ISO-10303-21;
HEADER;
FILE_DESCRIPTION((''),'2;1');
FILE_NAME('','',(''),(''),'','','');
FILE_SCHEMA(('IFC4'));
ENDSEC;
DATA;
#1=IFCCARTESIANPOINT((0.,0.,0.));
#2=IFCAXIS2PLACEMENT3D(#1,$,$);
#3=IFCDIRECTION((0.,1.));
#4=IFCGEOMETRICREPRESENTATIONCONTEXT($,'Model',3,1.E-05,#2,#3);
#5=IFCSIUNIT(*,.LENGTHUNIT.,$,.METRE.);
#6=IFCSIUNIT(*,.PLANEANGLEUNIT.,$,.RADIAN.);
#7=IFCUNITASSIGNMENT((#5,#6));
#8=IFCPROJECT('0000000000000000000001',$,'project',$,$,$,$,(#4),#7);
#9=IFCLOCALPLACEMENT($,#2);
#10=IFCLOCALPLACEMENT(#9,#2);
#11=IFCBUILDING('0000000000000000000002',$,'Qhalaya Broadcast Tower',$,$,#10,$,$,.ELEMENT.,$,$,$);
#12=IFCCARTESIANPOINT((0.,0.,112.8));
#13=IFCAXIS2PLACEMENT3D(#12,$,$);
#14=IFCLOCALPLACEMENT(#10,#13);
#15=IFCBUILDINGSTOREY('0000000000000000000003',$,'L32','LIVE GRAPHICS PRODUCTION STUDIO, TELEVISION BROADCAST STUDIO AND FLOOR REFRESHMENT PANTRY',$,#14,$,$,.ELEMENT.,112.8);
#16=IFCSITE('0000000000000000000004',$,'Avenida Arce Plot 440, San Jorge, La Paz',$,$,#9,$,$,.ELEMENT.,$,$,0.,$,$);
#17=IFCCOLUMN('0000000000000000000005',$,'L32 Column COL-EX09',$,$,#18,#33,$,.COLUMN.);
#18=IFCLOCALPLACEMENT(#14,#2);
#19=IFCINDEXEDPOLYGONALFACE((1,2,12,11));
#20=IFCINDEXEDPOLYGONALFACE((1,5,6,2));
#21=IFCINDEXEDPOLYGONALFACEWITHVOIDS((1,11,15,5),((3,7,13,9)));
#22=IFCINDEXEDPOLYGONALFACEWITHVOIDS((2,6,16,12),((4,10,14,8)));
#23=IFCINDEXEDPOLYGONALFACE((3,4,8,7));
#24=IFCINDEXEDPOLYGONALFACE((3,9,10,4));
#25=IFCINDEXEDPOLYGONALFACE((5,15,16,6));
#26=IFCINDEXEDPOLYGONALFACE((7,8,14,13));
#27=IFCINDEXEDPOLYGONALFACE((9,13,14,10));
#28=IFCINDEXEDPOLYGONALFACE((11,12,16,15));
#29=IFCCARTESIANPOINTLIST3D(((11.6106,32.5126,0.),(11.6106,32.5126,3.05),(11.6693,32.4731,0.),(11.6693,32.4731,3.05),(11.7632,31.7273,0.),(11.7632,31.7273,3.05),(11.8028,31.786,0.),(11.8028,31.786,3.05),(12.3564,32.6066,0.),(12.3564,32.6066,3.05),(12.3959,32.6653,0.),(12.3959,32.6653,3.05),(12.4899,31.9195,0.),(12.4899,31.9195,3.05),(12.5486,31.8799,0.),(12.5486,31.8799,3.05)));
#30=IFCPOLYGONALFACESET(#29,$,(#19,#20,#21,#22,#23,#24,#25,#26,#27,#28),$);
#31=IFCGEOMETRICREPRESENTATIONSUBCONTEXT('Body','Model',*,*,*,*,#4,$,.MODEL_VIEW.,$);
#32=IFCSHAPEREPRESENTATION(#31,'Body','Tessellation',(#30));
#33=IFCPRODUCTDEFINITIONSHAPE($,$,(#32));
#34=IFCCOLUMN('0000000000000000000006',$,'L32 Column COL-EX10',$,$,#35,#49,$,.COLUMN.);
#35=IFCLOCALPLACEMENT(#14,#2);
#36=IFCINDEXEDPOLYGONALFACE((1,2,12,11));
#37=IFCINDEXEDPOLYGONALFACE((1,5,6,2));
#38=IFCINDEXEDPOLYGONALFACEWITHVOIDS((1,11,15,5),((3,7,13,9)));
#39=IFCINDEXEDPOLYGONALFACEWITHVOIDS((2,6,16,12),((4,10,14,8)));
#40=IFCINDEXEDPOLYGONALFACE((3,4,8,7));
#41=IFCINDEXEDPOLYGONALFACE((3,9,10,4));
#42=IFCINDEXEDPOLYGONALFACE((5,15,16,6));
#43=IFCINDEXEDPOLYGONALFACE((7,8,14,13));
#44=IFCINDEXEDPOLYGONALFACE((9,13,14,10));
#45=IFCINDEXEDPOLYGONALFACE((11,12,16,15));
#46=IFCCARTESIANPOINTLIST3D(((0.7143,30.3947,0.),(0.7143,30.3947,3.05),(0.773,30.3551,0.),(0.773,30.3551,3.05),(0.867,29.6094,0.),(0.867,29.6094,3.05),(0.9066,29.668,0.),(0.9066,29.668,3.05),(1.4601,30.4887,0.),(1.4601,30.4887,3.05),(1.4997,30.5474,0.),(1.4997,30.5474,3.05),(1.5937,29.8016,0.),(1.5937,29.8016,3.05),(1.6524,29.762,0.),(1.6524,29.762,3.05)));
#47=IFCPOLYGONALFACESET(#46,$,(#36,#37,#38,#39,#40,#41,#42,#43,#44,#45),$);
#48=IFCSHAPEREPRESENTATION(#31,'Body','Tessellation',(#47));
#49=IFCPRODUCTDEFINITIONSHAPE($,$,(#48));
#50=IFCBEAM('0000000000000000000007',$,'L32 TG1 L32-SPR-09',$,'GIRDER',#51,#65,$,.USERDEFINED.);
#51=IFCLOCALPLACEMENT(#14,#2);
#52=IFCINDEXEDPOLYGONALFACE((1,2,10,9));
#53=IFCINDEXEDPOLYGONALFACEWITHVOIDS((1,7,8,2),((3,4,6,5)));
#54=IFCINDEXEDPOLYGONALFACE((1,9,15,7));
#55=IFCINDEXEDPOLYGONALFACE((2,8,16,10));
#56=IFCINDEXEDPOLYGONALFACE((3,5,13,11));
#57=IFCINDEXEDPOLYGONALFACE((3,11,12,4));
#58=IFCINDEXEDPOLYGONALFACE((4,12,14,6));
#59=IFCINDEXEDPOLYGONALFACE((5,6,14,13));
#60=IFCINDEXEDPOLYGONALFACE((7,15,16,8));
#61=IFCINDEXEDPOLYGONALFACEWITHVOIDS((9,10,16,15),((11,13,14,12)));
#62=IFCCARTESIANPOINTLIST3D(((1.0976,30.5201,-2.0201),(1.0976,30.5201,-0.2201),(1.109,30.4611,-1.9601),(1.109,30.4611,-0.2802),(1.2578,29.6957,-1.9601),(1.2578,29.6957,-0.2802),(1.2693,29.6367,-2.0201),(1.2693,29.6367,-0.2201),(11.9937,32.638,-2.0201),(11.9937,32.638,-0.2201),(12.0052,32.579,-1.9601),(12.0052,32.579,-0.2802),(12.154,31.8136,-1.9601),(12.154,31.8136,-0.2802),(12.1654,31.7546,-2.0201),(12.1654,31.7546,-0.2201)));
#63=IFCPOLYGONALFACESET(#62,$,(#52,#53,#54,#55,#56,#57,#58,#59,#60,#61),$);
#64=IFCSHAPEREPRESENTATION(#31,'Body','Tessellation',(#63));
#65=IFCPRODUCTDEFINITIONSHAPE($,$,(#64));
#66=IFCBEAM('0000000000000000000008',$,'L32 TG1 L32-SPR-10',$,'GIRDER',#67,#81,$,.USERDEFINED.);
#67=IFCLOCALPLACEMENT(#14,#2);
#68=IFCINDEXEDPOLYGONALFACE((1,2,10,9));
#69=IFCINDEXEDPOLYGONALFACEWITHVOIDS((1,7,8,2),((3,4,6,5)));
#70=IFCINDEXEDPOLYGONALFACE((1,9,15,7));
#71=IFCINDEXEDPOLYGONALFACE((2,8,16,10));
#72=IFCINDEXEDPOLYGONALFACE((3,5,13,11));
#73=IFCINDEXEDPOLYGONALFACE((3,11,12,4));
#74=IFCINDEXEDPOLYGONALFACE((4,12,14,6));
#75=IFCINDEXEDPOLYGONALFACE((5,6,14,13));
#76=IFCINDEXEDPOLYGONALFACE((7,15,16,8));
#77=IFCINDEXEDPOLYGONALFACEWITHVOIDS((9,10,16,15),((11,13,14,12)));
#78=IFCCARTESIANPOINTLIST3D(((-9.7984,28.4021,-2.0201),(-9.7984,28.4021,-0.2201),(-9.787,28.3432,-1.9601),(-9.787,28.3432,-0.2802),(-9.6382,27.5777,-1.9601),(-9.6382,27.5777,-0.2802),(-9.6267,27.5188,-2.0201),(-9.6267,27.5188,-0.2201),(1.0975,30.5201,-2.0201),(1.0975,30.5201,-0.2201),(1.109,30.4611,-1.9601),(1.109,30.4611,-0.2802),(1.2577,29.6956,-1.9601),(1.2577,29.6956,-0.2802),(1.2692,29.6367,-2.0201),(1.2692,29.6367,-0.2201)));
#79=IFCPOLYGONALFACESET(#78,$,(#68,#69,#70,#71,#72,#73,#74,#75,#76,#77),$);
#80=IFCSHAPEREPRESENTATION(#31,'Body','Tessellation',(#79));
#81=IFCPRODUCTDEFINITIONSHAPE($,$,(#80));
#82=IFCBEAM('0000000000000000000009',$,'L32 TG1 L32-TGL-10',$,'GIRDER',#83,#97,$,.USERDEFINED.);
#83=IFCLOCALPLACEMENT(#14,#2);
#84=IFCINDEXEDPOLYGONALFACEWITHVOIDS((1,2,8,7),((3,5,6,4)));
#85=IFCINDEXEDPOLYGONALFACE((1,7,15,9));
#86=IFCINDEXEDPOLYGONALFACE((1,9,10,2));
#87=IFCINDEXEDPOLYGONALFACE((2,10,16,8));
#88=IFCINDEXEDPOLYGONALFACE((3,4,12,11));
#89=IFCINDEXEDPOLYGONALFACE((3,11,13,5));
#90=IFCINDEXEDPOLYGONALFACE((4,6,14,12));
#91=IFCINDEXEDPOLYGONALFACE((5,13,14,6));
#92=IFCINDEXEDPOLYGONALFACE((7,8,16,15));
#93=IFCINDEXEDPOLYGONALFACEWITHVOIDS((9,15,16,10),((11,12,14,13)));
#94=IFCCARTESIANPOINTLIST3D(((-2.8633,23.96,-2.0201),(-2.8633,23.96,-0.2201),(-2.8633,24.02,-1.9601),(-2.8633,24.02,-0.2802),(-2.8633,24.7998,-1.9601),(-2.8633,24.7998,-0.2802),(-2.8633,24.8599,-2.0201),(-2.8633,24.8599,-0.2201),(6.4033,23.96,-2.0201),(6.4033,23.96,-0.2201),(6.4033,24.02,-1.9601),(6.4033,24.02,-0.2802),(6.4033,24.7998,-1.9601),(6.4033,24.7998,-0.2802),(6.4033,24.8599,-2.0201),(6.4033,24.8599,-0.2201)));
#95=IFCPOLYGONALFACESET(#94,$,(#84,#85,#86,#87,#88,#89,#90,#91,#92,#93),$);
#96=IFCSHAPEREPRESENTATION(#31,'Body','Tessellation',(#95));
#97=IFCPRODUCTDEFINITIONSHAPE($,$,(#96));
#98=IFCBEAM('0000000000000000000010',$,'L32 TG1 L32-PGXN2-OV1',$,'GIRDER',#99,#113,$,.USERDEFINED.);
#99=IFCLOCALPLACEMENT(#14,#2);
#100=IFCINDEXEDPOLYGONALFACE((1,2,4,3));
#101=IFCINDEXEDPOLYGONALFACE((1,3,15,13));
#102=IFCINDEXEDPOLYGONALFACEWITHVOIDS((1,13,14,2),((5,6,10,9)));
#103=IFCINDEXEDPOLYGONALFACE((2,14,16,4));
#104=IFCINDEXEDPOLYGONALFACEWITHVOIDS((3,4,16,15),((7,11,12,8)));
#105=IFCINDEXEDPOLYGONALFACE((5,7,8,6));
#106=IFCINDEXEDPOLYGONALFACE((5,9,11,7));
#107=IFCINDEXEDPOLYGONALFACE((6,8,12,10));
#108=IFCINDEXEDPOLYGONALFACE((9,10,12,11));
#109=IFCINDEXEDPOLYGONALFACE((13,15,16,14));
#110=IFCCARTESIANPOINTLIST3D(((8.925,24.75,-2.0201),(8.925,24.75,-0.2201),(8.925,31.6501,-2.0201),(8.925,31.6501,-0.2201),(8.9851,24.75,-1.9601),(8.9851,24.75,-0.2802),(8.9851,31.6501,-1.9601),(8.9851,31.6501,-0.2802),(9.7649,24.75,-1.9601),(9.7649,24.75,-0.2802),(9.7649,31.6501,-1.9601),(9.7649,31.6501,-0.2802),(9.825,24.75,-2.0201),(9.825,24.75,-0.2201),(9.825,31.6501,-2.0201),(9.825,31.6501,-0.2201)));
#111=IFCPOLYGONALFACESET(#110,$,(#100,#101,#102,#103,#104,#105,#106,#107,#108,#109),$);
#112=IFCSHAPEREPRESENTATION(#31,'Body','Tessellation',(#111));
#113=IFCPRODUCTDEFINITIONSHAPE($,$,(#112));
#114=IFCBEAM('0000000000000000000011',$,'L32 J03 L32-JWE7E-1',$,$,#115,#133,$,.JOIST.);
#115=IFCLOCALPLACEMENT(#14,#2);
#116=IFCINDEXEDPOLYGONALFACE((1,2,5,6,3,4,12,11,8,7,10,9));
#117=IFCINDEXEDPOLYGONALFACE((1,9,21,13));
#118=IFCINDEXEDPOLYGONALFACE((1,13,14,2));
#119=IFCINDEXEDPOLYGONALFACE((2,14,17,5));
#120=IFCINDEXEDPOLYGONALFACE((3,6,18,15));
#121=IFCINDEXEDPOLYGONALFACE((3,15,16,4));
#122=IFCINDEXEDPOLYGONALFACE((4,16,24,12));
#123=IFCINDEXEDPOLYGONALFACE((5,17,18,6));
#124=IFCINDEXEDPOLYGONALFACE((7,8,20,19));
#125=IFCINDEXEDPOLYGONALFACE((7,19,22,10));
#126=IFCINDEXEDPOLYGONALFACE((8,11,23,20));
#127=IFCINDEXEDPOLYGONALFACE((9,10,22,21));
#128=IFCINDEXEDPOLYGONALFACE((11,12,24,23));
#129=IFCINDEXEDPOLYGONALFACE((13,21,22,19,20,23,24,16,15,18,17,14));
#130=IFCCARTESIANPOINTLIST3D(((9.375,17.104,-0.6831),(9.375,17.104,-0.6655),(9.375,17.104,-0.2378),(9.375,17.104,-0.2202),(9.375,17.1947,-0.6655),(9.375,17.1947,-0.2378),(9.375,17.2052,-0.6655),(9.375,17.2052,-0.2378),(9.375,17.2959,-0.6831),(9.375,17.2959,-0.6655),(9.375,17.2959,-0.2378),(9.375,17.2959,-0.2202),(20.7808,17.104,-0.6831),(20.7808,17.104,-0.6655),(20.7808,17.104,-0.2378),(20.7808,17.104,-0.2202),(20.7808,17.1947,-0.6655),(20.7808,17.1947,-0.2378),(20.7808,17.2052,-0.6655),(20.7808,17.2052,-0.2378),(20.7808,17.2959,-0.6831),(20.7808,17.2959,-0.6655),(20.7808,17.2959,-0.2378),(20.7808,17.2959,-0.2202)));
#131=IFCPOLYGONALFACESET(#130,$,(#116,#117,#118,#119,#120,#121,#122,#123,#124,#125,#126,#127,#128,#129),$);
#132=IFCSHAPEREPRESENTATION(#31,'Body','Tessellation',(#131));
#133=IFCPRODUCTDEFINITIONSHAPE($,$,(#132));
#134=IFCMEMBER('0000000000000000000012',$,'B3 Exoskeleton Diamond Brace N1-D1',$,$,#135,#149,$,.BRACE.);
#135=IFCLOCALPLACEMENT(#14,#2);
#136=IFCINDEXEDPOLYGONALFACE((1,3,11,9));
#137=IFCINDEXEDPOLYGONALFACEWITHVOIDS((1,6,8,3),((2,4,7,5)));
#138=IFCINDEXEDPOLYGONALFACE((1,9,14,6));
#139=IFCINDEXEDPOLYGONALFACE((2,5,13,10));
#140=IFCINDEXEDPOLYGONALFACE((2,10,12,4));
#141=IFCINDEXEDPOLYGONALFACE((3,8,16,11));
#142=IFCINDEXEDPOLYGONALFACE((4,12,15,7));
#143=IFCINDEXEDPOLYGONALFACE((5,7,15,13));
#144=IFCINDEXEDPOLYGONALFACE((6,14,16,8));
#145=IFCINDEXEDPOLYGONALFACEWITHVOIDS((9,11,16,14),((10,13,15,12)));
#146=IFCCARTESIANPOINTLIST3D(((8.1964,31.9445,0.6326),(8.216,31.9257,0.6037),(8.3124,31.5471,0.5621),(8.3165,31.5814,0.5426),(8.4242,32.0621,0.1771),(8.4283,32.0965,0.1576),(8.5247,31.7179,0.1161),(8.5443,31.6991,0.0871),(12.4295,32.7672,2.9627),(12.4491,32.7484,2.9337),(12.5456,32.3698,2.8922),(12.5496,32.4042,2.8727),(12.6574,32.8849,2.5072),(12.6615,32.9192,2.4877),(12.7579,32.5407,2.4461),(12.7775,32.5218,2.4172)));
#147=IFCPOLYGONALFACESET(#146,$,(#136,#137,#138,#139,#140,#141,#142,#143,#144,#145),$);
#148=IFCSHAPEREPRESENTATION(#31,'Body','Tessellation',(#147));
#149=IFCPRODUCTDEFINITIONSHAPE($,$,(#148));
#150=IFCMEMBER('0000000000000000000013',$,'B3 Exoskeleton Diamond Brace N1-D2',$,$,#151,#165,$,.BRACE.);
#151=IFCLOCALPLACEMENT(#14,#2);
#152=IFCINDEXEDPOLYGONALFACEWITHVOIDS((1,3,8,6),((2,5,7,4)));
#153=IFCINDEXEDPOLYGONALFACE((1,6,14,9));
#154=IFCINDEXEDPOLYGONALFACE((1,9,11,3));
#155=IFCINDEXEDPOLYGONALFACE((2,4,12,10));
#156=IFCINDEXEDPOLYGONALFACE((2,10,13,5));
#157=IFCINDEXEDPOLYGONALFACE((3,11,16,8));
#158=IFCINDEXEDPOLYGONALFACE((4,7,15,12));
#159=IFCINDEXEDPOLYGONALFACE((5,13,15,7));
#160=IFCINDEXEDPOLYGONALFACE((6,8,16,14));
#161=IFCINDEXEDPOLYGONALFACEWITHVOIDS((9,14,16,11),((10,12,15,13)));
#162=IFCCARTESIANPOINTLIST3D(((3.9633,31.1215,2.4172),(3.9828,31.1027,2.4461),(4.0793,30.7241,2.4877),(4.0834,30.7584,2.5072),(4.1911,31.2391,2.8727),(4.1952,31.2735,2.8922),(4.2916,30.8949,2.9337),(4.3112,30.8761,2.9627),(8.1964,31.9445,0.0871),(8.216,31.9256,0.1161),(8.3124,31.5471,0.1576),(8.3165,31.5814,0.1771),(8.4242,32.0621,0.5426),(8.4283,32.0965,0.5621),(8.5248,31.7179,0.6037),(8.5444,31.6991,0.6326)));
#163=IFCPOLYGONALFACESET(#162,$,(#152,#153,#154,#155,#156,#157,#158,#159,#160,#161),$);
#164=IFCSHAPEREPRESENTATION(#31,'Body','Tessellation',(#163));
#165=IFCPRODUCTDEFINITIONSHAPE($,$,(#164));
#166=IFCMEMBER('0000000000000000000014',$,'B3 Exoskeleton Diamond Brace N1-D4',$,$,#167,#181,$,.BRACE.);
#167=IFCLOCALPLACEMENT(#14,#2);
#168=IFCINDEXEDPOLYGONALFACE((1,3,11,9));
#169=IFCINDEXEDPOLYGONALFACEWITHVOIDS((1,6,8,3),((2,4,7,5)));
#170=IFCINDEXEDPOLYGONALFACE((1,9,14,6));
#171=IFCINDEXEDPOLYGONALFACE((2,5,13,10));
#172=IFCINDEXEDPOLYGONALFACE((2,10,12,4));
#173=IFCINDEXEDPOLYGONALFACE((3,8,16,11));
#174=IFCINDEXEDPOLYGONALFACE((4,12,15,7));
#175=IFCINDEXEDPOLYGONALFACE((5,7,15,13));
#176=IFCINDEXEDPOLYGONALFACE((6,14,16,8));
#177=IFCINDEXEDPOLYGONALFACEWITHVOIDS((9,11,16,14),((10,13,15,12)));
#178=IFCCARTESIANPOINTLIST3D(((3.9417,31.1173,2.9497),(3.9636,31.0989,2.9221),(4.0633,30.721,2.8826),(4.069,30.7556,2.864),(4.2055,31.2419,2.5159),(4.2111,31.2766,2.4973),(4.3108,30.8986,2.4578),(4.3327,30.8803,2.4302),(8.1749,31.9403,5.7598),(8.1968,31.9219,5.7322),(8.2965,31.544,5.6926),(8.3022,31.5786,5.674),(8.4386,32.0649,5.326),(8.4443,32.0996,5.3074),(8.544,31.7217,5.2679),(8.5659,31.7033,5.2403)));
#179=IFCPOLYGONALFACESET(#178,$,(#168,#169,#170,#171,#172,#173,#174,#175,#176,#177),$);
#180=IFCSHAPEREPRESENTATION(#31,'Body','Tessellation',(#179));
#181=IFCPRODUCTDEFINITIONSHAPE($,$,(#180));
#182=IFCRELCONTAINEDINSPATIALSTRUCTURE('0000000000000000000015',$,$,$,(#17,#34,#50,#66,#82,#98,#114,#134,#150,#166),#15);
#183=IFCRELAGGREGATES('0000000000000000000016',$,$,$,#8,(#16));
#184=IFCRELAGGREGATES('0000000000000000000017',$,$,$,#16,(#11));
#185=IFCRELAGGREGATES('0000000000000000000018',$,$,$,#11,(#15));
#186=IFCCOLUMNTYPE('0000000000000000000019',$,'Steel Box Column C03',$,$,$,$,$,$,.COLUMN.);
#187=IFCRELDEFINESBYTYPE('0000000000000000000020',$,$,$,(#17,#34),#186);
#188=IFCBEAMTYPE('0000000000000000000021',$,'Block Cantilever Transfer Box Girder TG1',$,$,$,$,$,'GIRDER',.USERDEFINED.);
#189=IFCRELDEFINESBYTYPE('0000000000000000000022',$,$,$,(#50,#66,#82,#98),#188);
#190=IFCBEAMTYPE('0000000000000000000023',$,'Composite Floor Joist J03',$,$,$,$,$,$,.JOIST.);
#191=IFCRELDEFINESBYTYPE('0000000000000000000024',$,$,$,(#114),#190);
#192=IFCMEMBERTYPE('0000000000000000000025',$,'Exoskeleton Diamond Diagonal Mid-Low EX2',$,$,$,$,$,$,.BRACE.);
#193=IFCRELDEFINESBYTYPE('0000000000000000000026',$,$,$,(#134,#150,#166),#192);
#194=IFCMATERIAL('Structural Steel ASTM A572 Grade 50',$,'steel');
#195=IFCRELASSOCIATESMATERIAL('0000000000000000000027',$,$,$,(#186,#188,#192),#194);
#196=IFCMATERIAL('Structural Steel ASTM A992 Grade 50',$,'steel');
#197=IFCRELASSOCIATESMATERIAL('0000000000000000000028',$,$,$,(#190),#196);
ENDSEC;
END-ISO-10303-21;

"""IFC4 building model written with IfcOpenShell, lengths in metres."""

from ifc_helpers import new_model, si_unit, direction, frame, origin, origin_2d, place, context, subcontext, project, spatial, hollow_rectangle, i_section, extrude, material, material_profile, profile_set, type_object, element, save


model = new_model("IFC4")

# Units and contexts
model_context = context("Model", 3, precision=1e-05, world=origin(), true_north=direction((0.0, 1.0)))
body_context = subcontext(model_context, "Body", "Model", "MODEL_VIEW")
ifc_project = project(units=[si_unit("LENGTHUNIT", "METRE"), si_unit("PLANEANGLEUNIT", "RADIAN")], contexts=[model_context])

# Site, building, storey
site_placement = place(None, origin())
site = spatial("IfcSite", under=ifc_project, at=site_placement, Name="Avenida Arce Plot 440, San Jorge, La Paz", CompositionType="ELEMENT", RefElevation=0.0)
building_placement = place(site_placement, origin())
building = spatial("IfcBuilding", under=site, at=building_placement, Name="Qhalaya Broadcast Tower", CompositionType="ELEMENT")
storey_placement = place(building_placement, frame((0.0, 0.0, 112.8)))
storey = spatial("IfcBuildingStorey", under=building, at=storey_placement, Name="L32", Description="LIVE GRAPHICS PRODUCTION STUDIO, TELEVISION BROADCAST STUDIO AND FLOOR REFRESHMENT PANTRY", CompositionType="ELEMENT", Elevation=112.8)

# Columns
ifc_material_1 = material(Name="Structural Steel ASTM A572 Grade 50", Category="steel")
ifc_material_profile_1 = material_profile(ifc_material_1, hollow_rectangle(XDim=0.8, YDim=0.8, WallThickness=0.05, at=origin_2d()), Name="BOX 800x800x50")
ifc_profile_set_1 = profile_set([ifc_material_profile_1], Name="Structural Steel ASTM A572 Grade 50")
column_type = type_object("IfcColumnType", Name="Steel Box Column C03", PredefinedType="COLUMN", material=ifc_profile_set_1)
for number, where, z_axis, x_axis, name in (
    (1, (12.0796, 32.1963, 0.0), (0.0, 0.0, 1.0), (0.981627, 0.190809, 0.0), "L32 Column COL-EX09"),
    (2, (1.1833, 30.0784, 0.0), (0.0, 0.0, 1.0), (0.981627, 0.190809, 0.0), "L32 Column COL-EX10"),
):
    element("IfcColumn", number, at=place(storey_placement, frame(where, z_axis=z_axis, x_axis=x_axis)), inside=storey, type_object=column_type, Name=name, PredefinedType="COLUMN", context=body_context, shape_type="SweptSolid", body=[
        extrude(hollow_rectangle(XDim=0.8, YDim=0.8, WallThickness=0.05, at=origin_2d()), origin(), (0.0, 0.0, 1.0), 3.05),
    ])

# Beams
ifc_material_profile_2 = material_profile(ifc_material_1, hollow_rectangle(XDim=0.8999, YDim=1.8, WallThickness=0.0601, at=origin_2d()), Name="BOX 900x1800x60")
ifc_profile_set_2 = profile_set([ifc_material_profile_2], Name="Structural Steel ASTM A572 Grade 50")
beam_type_1 = type_object("IfcBeamType", Name="Block Cantilever Transfer Box Girder TG1", ElementType="GIRDER", PredefinedType="USERDEFINED", material=ifc_profile_set_2)
beam_1_placement = place(storey_placement, frame((12.0796, 32.1963, -1.1201), z_axis=(-0.981629, -0.190801, 0.0), x_axis=(0.190801, -0.981629, 0.0)))
element("IfcBeam", 3, at=beam_1_placement, inside=storey, type_object=beam_type_1, Name="L32 TG1 L32-SPR-09", ObjectType="GIRDER", PredefinedType="USERDEFINED", context=body_context, shape_type="SweptSolid", body=[
    extrude(hollow_rectangle(XDim=0.8999, YDim=1.8, WallThickness=0.0601, at=origin_2d()), origin(), (0.0, 0.0, 1.0), 11.1001),
])
beam_2_placement = place(storey_placement, frame((1.1833, 30.0784, -1.1201), z_axis=(-0.981628, -0.190805, 0.0), x_axis=(0.190805, -0.981628, 0.0)))
element("IfcBeam", 4, at=beam_2_placement, inside=storey, type_object=beam_type_1, Name="L32 TG1 L32-SPR-10", ObjectType="GIRDER", PredefinedType="USERDEFINED", context=body_context, shape_type="SweptSolid", body=[
    extrude(hollow_rectangle(XDim=0.8999, YDim=1.8, WallThickness=0.0601, at=origin_2d()), origin(), (0.0, 0.0, 1.0), 11.0999),
])
beam_3_placement = place(storey_placement, frame((6.4033, 24.4099, -1.1201), z_axis=(-1.0, 0.0, 0.0), x_axis=(0.0, -1.0, 0.0)))
element("IfcBeam", 5, at=beam_3_placement, inside=storey, type_object=beam_type_1, Name="L32 TG1 L32-TGL-10", ObjectType="GIRDER", PredefinedType="USERDEFINED", context=body_context, shape_type="SweptSolid", body=[
    extrude(hollow_rectangle(XDim=0.8999, YDim=1.8, WallThickness=0.0601, at=origin_2d()), origin(), (0.0, 0.0, 1.0), 9.2666),
])
beam_4_placement = place(storey_placement, frame((9.375, 24.75, -1.1201), z_axis=(0.0, 1.0, 0.0), x_axis=(-1.0, 0.0, 0.0)))
element("IfcBeam", 6, at=beam_4_placement, inside=storey, type_object=beam_type_1, Name="L32 TG1 L32-PGXN2-OV1", ObjectType="GIRDER", PredefinedType="USERDEFINED", context=body_context, shape_type="SweptSolid", body=[
    extrude(hollow_rectangle(XDim=0.8999, YDim=1.8, WallThickness=0.0601, at=origin_2d()), origin(), (0.0, 0.0, 1.0), 6.9001),
])
ifc_material_2 = material(Name="Structural Steel ASTM A992 Grade 50", Category="steel")
ifc_material_profile_3 = material_profile(ifc_material_2, i_section(OverallWidth=0.1919, OverallDepth=0.4629, WebThickness=0.0105, FlangeThickness=0.0176, at=origin_2d()), Name="W18X60")
ifc_profile_set_3 = profile_set([ifc_material_profile_3], Name="Structural Steel ASTM A992 Grade 50")
beam_type_2 = type_object("IfcBeamType", Name="Composite Floor Joist J03", PredefinedType="JOIST", material=ifc_profile_set_3)
beam_5_placement = place(storey_placement, frame((9.375, 17.2, -0.4517), z_axis=(1.0, 0.0, 0.0), x_axis=(0.0, 1.0, 0.0)))
element("IfcBeam", 7, at=beam_5_placement, inside=storey, type_object=beam_type_2, Name="L32 J03 L32-JWE7E-1", PredefinedType="JOIST", context=body_context, shape_type="SweptSolid", body=[
    extrude(i_section(OverallWidth=0.1919, OverallDepth=0.4629, WebThickness=0.0105, FlangeThickness=0.0176, at=origin_2d()), origin(), (0.0, 0.0, 1.0), 11.4058),
])

# Members
ifc_material_profile_4 = material_profile(ifc_material_1, hollow_rectangle(XDim=0.4199, YDim=0.55, WallThickness=0.0281, at=origin_2d()), Name="BOX 420x550x28")
ifc_profile_set_4 = profile_set([ifc_material_profile_4], Name="Structural Steel ASTM A572 Grade 50")
member_type = type_object("IfcMemberType", Name="Exoskeleton Diamond Diagonal Mid-Low EX2", PredefinedType="BRACE", material=ifc_profile_set_4)
for number, where, z_axis, x_axis, name in (
    (8, (8.3704, 31.8218, 0.3599), (0.863625, 0.167854, 0.47537), (-0.276323, 0.94629, 0.167871), "B3 Exoskeleton Diamond Brace N1-D1"),
    (9, (8.3704, 31.8218, 0.3599), (-0.863618, -0.167902, 0.475366), (0.276375, -0.946275, 0.167871), "B3 Exoskeleton Diamond Brace N1-D2"),
):
    element("IfcMember", number, at=place(storey_placement, frame(where, z_axis=z_axis, x_axis=x_axis)), inside=storey, type_object=member_type, Name=name, PredefinedType="BRACE", context=body_context, shape_type="SweptSolid", body=[
        extrude(hollow_rectangle(XDim=0.4199, YDim=0.55, WallThickness=0.0281, at=origin_2d()), origin(), (0.0, 0.0, 1.0), 4.9016),
    ])
member_1_placement = place(storey_placement, frame((4.1372, 30.9988, 2.6899), z_axis=(0.822424, 0.159893, 0.545943), x_axis=(-0.289594, 0.943705, 0.159864)))
element("IfcMember", 10, at=member_1_placement, inside=storey, type_object=member_type, Name="B3 Exoskeleton Diamond Brace N1-D4", PredefinedType="BRACE", context=body_context, shape_type="SweptSolid", body=[
    extrude(hollow_rectangle(XDim=0.4199, YDim=0.55, WallThickness=0.0281, at=origin_2d()), origin(), (0.0, 0.0, 1.0), 5.1472),
])

save(model, "model.ifc")
